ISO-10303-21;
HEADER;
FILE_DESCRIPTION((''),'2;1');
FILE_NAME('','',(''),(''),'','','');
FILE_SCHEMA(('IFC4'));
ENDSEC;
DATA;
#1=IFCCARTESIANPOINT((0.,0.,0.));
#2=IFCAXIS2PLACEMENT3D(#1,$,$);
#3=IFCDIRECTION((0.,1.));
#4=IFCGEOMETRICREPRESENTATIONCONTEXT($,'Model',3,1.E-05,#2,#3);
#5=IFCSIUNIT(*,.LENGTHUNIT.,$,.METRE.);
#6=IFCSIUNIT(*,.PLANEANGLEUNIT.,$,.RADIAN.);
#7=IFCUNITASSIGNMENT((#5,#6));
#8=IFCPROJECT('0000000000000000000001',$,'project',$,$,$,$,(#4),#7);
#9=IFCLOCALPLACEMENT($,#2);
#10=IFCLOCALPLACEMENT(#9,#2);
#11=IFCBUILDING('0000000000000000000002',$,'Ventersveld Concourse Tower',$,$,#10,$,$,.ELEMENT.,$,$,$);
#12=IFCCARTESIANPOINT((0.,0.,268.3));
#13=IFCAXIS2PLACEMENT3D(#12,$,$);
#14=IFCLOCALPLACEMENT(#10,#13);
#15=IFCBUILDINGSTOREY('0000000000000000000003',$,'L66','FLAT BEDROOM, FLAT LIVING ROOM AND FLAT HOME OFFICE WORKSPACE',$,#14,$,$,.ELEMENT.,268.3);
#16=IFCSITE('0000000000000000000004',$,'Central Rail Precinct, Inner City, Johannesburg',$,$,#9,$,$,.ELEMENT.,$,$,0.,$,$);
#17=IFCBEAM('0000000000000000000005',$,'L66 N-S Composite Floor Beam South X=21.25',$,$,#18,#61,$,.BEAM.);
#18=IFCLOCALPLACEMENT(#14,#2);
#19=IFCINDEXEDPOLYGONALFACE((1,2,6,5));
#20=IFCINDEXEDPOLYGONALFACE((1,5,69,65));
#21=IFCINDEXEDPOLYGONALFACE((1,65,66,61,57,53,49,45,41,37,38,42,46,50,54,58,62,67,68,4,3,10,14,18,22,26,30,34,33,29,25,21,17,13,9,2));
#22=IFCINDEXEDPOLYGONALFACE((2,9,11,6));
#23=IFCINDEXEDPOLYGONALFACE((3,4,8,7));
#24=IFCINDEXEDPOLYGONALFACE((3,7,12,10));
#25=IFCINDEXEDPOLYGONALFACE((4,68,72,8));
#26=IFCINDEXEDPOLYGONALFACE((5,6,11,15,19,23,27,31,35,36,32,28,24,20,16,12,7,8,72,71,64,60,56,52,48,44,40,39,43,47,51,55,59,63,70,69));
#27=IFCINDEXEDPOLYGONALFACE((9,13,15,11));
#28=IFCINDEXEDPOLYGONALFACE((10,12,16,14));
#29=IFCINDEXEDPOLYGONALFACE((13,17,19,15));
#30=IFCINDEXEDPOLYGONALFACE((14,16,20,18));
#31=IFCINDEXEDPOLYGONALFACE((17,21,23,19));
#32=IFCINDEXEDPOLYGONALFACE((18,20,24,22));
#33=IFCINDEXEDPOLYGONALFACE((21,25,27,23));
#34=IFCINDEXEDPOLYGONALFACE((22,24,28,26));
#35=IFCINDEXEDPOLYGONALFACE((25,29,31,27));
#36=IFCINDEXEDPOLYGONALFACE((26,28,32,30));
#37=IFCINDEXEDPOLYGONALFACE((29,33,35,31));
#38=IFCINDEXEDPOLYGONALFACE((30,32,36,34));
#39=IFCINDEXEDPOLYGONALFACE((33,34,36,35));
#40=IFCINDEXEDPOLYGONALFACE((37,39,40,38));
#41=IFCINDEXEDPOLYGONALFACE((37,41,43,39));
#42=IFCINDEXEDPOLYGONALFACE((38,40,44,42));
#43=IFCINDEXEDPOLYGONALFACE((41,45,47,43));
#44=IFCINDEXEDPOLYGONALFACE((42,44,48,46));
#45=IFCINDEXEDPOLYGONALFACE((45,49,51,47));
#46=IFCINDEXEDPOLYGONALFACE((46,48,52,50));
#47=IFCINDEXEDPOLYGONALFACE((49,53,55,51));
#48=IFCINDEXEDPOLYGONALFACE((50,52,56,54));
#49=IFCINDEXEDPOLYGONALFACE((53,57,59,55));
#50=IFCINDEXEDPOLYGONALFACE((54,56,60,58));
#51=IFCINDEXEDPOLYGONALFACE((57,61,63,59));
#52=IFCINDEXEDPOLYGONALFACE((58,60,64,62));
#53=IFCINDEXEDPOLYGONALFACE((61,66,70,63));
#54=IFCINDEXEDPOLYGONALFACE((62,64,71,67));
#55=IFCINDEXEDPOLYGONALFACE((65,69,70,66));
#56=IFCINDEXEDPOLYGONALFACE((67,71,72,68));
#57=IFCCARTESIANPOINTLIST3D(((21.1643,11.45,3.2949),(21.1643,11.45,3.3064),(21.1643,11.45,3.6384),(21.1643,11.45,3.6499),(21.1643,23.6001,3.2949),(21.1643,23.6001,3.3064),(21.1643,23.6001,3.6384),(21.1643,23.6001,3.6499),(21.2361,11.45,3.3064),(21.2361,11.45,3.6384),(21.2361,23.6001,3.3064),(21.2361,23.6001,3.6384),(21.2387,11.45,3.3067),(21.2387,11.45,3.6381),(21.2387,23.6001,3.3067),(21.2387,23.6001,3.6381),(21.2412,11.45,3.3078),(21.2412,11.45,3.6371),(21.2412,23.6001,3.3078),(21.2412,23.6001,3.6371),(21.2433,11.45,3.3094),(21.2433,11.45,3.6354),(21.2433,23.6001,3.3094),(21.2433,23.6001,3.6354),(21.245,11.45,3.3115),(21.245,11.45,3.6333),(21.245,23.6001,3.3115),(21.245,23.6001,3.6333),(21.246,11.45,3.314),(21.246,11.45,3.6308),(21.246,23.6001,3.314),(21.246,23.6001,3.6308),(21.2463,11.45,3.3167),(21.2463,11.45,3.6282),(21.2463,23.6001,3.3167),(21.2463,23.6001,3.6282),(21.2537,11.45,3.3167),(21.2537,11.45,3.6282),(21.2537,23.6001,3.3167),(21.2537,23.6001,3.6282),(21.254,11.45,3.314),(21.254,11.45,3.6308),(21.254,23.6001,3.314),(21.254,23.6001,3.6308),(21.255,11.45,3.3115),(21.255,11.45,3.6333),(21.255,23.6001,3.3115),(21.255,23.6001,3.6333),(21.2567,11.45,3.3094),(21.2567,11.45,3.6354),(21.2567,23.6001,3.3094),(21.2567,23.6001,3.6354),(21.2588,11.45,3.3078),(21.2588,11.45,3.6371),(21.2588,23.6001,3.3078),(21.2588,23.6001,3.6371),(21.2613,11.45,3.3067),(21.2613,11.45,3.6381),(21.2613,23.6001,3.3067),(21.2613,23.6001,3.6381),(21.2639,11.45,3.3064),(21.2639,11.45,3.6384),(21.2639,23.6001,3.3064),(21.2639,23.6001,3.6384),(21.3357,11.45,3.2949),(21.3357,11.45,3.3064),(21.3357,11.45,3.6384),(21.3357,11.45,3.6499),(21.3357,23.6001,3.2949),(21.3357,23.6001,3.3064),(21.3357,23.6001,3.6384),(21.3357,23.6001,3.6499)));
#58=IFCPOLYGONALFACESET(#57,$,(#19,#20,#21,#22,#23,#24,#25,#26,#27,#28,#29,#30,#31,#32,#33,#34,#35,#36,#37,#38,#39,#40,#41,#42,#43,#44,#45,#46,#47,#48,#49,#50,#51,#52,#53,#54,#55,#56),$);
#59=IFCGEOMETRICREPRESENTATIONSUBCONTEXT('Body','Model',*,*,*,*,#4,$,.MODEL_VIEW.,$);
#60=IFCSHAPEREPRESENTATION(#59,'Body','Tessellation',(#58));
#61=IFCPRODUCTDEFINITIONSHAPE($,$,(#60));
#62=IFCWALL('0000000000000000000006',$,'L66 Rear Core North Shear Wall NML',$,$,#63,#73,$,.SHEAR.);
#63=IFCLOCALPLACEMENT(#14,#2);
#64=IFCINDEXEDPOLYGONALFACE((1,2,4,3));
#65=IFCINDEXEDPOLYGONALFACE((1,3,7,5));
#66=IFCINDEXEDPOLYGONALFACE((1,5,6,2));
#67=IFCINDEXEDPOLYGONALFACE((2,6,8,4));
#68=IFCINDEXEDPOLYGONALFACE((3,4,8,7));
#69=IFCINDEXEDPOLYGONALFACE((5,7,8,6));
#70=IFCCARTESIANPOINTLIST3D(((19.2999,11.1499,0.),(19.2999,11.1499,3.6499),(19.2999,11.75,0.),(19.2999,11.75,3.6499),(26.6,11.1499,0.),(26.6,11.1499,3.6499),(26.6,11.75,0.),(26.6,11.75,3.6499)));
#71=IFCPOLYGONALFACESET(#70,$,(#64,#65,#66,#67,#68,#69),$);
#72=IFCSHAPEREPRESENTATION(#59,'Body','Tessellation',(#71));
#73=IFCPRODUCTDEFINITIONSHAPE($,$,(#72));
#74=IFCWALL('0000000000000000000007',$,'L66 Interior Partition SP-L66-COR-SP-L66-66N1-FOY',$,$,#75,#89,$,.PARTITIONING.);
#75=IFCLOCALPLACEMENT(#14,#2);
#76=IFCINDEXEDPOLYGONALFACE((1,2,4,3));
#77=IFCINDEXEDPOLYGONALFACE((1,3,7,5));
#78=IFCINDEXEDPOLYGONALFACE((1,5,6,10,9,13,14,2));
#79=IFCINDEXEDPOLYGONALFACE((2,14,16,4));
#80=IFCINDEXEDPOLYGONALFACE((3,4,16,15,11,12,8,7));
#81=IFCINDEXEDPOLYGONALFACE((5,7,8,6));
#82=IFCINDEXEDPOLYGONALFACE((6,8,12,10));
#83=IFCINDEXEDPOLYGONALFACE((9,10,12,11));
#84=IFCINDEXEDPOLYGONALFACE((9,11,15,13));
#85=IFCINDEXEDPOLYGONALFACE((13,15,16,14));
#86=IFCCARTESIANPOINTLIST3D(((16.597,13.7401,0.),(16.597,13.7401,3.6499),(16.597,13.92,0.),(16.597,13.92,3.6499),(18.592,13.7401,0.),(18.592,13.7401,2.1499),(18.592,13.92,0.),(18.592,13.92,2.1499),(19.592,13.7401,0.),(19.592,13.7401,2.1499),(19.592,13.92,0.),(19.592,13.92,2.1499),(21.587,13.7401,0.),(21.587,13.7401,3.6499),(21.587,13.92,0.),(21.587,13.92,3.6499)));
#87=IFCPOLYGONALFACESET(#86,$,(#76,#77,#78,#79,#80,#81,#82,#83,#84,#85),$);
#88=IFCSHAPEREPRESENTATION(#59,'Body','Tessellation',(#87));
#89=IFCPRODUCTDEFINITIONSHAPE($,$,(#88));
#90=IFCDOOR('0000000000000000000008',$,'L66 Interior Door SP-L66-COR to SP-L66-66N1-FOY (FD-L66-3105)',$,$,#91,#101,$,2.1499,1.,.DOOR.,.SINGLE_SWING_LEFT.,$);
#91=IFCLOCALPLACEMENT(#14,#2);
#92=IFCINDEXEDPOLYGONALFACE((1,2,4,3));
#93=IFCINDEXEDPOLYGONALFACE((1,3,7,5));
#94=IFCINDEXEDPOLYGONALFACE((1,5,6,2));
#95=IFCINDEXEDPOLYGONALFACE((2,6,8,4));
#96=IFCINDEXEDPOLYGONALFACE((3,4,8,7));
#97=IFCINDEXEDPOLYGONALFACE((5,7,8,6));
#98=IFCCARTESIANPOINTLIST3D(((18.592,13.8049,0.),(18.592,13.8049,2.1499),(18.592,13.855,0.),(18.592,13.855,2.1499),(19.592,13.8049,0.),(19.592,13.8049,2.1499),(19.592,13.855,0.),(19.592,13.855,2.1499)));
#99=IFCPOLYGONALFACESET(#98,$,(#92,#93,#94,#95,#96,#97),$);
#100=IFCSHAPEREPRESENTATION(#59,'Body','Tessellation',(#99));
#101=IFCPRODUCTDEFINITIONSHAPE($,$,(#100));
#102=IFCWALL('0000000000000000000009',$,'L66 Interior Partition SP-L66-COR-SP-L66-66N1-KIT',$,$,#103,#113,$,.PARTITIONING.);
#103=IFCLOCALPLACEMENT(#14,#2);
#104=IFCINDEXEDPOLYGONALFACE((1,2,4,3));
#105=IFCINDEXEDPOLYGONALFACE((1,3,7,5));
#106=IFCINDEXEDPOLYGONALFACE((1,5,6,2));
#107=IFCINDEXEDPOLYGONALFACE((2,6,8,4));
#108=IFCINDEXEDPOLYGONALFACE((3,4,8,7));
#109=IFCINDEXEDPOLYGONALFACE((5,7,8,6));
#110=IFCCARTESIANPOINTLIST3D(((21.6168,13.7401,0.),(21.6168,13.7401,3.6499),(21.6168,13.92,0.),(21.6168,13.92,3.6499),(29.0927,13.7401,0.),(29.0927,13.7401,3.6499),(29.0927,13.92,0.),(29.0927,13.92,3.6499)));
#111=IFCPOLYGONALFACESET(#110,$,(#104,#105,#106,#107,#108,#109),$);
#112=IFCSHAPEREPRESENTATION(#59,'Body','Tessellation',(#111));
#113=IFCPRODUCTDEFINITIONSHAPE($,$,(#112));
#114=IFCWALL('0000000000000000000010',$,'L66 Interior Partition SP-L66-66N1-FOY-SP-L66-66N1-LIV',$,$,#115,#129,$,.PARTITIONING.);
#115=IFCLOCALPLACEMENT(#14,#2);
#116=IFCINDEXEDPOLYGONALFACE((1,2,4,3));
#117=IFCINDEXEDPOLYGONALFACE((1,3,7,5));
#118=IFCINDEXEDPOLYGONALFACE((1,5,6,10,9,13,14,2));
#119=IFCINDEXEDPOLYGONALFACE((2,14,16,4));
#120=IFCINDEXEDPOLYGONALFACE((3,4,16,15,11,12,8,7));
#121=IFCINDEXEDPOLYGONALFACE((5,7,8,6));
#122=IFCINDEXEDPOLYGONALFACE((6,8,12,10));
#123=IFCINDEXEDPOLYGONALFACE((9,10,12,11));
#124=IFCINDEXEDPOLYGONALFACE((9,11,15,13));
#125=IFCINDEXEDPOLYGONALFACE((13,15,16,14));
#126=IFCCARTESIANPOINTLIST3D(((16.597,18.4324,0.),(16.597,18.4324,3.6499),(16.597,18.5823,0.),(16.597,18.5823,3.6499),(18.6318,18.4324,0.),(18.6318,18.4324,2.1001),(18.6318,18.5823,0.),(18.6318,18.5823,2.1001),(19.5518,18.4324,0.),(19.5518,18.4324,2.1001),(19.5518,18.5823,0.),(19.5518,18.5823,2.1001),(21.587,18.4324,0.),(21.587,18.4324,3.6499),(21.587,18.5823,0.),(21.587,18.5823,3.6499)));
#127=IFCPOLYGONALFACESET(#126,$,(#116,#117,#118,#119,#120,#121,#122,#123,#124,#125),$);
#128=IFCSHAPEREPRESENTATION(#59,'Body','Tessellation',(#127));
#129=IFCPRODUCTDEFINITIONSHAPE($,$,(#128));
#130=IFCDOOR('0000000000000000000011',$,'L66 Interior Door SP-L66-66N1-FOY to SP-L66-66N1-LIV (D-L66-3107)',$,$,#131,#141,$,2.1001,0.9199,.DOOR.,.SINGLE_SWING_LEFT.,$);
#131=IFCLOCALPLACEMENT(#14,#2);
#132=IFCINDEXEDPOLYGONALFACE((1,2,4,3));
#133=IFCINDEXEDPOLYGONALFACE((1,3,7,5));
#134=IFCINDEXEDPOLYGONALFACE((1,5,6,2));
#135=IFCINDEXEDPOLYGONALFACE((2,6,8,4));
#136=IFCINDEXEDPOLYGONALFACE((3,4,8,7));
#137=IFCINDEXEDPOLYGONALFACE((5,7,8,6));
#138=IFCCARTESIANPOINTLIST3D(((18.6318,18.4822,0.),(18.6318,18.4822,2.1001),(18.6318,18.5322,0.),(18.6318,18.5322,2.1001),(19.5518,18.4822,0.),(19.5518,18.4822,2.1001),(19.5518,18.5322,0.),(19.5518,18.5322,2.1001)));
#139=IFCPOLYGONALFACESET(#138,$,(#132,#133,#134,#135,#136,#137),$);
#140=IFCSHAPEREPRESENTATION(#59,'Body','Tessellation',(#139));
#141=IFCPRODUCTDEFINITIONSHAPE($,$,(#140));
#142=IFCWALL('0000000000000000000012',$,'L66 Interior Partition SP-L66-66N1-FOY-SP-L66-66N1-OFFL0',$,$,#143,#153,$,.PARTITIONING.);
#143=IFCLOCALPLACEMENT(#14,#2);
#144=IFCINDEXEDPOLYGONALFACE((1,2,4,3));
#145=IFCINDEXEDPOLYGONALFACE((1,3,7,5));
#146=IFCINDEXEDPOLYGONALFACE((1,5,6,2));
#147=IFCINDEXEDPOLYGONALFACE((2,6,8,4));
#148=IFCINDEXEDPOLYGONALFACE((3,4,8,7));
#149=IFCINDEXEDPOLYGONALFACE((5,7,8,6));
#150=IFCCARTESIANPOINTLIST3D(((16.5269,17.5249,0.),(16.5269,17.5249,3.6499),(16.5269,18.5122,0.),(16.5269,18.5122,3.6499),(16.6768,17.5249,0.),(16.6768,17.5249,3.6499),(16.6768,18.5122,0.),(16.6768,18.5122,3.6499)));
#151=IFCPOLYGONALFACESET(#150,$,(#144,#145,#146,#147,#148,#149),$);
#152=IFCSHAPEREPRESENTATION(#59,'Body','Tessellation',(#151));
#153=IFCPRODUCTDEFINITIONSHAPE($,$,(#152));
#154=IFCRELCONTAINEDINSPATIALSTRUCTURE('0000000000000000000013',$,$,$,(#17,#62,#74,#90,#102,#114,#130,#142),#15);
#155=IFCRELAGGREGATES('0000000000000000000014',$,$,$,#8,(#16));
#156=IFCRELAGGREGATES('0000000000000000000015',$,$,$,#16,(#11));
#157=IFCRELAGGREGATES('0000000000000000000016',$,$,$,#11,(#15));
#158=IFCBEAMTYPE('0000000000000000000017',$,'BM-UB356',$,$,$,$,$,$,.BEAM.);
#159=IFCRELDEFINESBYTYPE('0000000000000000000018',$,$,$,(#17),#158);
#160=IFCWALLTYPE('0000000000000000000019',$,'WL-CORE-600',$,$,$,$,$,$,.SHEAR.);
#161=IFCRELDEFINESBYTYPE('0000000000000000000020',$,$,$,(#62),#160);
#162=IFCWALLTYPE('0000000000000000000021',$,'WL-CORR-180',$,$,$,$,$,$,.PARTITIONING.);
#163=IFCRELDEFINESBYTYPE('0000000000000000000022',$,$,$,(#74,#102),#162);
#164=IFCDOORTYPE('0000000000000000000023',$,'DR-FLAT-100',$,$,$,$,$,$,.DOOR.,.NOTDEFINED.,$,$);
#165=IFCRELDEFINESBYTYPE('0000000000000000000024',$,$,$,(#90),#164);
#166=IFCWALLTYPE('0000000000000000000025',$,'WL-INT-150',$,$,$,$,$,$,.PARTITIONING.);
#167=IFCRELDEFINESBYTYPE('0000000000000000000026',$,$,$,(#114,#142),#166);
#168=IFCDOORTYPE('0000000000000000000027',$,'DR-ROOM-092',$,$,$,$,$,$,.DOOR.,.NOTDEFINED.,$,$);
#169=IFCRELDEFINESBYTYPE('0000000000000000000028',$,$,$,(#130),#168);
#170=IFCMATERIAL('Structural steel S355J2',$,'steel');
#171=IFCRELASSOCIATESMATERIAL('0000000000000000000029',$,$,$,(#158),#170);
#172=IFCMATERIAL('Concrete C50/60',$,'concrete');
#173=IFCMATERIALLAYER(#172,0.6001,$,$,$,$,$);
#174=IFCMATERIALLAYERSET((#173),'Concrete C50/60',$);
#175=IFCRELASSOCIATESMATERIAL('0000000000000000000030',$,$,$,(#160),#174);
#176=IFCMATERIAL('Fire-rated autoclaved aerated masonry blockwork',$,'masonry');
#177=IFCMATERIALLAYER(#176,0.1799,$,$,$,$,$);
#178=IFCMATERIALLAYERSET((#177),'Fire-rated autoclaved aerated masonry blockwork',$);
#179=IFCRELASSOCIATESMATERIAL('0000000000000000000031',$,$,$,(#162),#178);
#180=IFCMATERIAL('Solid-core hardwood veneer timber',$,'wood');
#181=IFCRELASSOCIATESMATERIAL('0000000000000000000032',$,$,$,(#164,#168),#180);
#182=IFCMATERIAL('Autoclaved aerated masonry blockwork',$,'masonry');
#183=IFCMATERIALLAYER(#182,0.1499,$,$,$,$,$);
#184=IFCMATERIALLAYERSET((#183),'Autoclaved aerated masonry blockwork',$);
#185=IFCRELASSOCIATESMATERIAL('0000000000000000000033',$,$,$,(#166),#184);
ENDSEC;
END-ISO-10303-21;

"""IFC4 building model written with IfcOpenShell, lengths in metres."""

from ifc_helpers import new_model, si_unit, direction, frame, frame_2d, origin, origin_2d, place, context, subcontext, project, spatial, rectangle, i_section, extrude, material, layer, layer_set, material_profile, profile_set, type_object, element, fill, save


model = new_model("IFC4")

# Units and contexts
model_context = context("Model", 3, precision=1e-05, world=origin(), true_north=direction((0.0, 1.0)))
body_context = subcontext(model_context, "Body", "Model", "MODEL_VIEW")
ifc_project = project(units=[si_unit("LENGTHUNIT", "METRE"), si_unit("PLANEANGLEUNIT", "RADIAN")], contexts=[model_context])

# Site, building, storey
site_placement = place(None, origin())
site = spatial("IfcSite", under=ifc_project, at=site_placement, Name="Central Rail Precinct, Inner City, Johannesburg", CompositionType="ELEMENT", RefElevation=0.0)
building_placement = place(site_placement, origin())
building = spatial("IfcBuilding", under=site, at=building_placement, Name="Ventersveld Concourse Tower", CompositionType="ELEMENT")
storey_placement = place(building_placement, frame((0.0, 0.0, 268.3)))
storey = spatial("IfcBuildingStorey", under=building, at=storey_placement, Name="L66", Description="FLAT BEDROOM, FLAT LIVING ROOM AND FLAT HOME OFFICE WORKSPACE", CompositionType="ELEMENT", Elevation=268.3)

# Beam
ifc_material_1 = material(Name="Structural steel S355J2", Category="steel")
ifc_material_profile = material_profile(ifc_material_1, i_section(OverallWidth=0.1714, OverallDepth=0.355, WebThickness=0.0073, FlangeThickness=0.0115, FilletRadius=0.0103, at=origin_2d()), Name="UB 356x171x51")
ifc_profile_set = profile_set([ifc_material_profile], Name="Structural steel S355J2")
beam_type = type_object("IfcBeamType", Name="BM-UB356", PredefinedType="BEAM", material=ifc_profile_set)
beam_placement = place(storey_placement, frame((21.25, 11.45, 3.4724), z_axis=(0.0, 1.0, 0.0), x_axis=(-1.0, 0.0, 0.0)))
element("IfcBeam", 1, at=beam_placement, inside=storey, type_object=beam_type, Name="L66 N-S Composite Floor Beam South X=21.25", PredefinedType="BEAM", context=body_context, shape_type="SweptSolid", body=[
    extrude(i_section(OverallWidth=0.1714, OverallDepth=0.355, WebThickness=0.0073, FlangeThickness=0.0115, FilletRadius=0.0103, at=origin_2d()), origin(), (0.0, 0.0, 1.0), 12.1501),
])

# Wall
ifc_material_2 = material(Name="Concrete C50/60", Category="concrete")
ifc_layer_1 = layer(ifc_material_2, 0.6001)
ifc_layer_set_1 = layer_set([ifc_layer_1], Name="Concrete C50/60")
wall_type_1 = type_object("IfcWallType", Name="WL-CORE-600", PredefinedType="SHEAR", material=ifc_layer_set_1)
wall_1_placement = place(storey_placement, frame((19.3, 11.45, 0.0), z_axis=(0.0, 0.0, 1.0), x_axis=(1.0, 0.0, 0.0)))
element("IfcWall", 2, at=wall_1_placement, inside=storey, type_object=wall_type_1, Name="L66 Rear Core North Shear Wall NML", PredefinedType="SHEAR", context=body_context, shape_type="SweptSolid", body=[
    extrude(rectangle(XDim=7.3, YDim=0.6001, at=frame_2d((3.6499, 0.0))), origin(), (0.0, 0.0, 1.0), 3.6499),
])

# Wall, opening, door
ifc_material_3 = material(Name="Fire-rated autoclaved aerated masonry blockwork", Category="masonry")
ifc_layer_2 = layer(ifc_material_3, 0.1799)
ifc_layer_set_2 = layer_set([ifc_layer_2], Name="Fire-rated autoclaved aerated masonry blockwork")
wall_type_2 = type_object("IfcWallType", Name="WL-CORR-180", PredefinedType="PARTITIONING", material=ifc_layer_set_2)
wall_2_placement = place(storey_placement, frame((16.5969, 13.8301, 0.0), z_axis=(0.0, 0.0, 1.0), x_axis=(1.0, 0.0, 0.0)))
wall_2 = element("IfcWall", 3, at=wall_2_placement, inside=storey, type_object=wall_type_2, Name="L66 Interior Partition SP-L66-COR-SP-L66-66N1-FOY", PredefinedType="PARTITIONING", context=body_context, shape_type="SweptSolid", body=[
    extrude(rectangle(XDim=4.99, YDim=0.1799, at=frame_2d((2.4951, 0.0))), origin(), (0.0, 0.0, 1.0), 3.6499),
])
opening_1_placement = place(wall_2_placement, frame((1.9951, 0.0, 0.0)))
opening_1 = element("IfcOpeningElement", 4, at=opening_1_placement, cuts=wall_2, PredefinedType="OPENING", context=body_context, shape_type="SweptSolid", body=[
    extrude(rectangle(XDim=1.0, YDim=2.1499, at=frame_2d((0.5, 1.075))), frame((0.0, 0.1001, 0.0), z_axis=(0.0, -1.0, 0.0), x_axis=(1.0, 0.0, 0.0)), (0.0, 0.0, 1.0), 0.2),
])
ifc_material_4 = material(Name="Solid-core hardwood veneer timber", Category="wood")
door_type_1 = type_object("IfcDoorType", Name="DR-FLAT-100", OperationType="NOTDEFINED", PredefinedType="DOOR", material=ifc_material_4)
door_1_placement = place(opening_1_placement, origin())
door_1 = element("IfcDoor", 5, at=door_1_placement, inside=storey, type_object=door_type_1, Name="L66 Interior Door SP-L66-COR to SP-L66-66N1-FOY (FD-L66-3105)", OperationType="SINGLE_SWING_LEFT", OverallHeight=2.1499, OverallWidth=1.0, PredefinedType="DOOR", context=body_context, shape_type="SweptSolid", body=[
    extrude(rectangle(XDim=1.0, YDim=2.1499, at=frame_2d((0.5, 1.075))), frame((0.0, 0.0249, 0.0), z_axis=(0.0, -1.0, 0.0), x_axis=(1.0, 0.0, 0.0)), (0.0, 0.0, 1.0), 0.05),
])
fill(opening_1, door_1)

# Wall
wall_3_placement = place(storey_placement, frame((21.6169, 13.8301, 0.0), z_axis=(0.0, 0.0, 1.0), x_axis=(1.0, 0.0, 0.0)))
element("IfcWall", 6, at=wall_3_placement, inside=storey, type_object=wall_type_2, Name="L66 Interior Partition SP-L66-COR-SP-L66-66N1-KIT", PredefinedType="PARTITIONING", context=body_context, shape_type="SweptSolid", body=[
    extrude(rectangle(XDim=7.4758, YDim=0.1799, at=frame_2d((3.7378, 0.0))), origin(), (0.0, 0.0, 1.0), 3.6499),
])

# Wall, opening, door
ifc_material_5 = material(Name="Autoclaved aerated masonry blockwork", Category="masonry")
ifc_layer_3 = layer(ifc_material_5, 0.1499)
ifc_layer_set_3 = layer_set([ifc_layer_3], Name="Autoclaved aerated masonry blockwork")
wall_type_3 = type_object("IfcWallType", Name="WL-INT-150", PredefinedType="PARTITIONING", material=ifc_layer_set_3)
wall_4_placement = place(storey_placement, frame((16.5969, 18.5073, 0.0), z_axis=(0.0, 0.0, 1.0), x_axis=(1.0, 0.0, 0.0)))
wall_4 = element("IfcWall", 7, at=wall_4_placement, inside=storey, type_object=wall_type_3, Name="L66 Interior Partition SP-L66-66N1-FOY-SP-L66-66N1-LIV", PredefinedType="PARTITIONING", context=body_context, shape_type="SweptSolid", body=[
    extrude(rectangle(XDim=4.99, YDim=0.1499, at=frame_2d((2.4951, 0.0))), origin(), (0.0, 0.0, 1.0), 3.6499),
])
opening_2_placement = place(wall_4_placement, frame((2.0349, 0.0, 0.0)))
opening_2 = element("IfcOpeningElement", 8, at=opening_2_placement, cuts=wall_4, PredefinedType="OPENING", context=body_context, shape_type="SweptSolid", body=[
    extrude(rectangle(XDim=0.9199, YDim=2.1001, at=frame_2d((0.46, 1.05))), frame((0.0, 0.085, 0.0), z_axis=(0.0, -1.0, 0.0), x_axis=(1.0, 0.0, 0.0)), (0.0, 0.0, 1.0), 0.1699),
])
door_type_2 = type_object("IfcDoorType", Name="DR-ROOM-092", OperationType="NOTDEFINED", PredefinedType="DOOR", material=ifc_material_4)
door_2_placement = place(opening_2_placement, origin())
door_2 = element("IfcDoor", 9, at=door_2_placement, inside=storey, type_object=door_type_2, Name="L66 Interior Door SP-L66-66N1-FOY to SP-L66-66N1-LIV (D-L66-3107)", OperationType="SINGLE_SWING_LEFT", OverallHeight=2.1001, OverallWidth=0.9199, PredefinedType="DOOR", context=body_context, shape_type="SweptSolid", body=[
    extrude(rectangle(XDim=0.9199, YDim=2.1001, at=frame_2d((0.46, 1.05))), frame((0.0, 0.0249, 0.0), z_axis=(0.0, -1.0, 0.0), x_axis=(1.0, 0.0, 0.0)), (0.0, 0.0, 1.0), 0.05),
])
fill(opening_2, door_2)

# Wall
wall_5_placement = place(storey_placement, frame((16.6018, 17.5249, 0.0), z_axis=(0.0, 0.0, 1.0), x_axis=(0.0, 1.0, 0.0)))
element("IfcWall", 10, at=wall_5_placement, inside=storey, type_object=wall_type_3, Name="L66 Interior Partition SP-L66-66N1-FOY-SP-L66-66N1-OFFL0", PredefinedType="PARTITIONING", context=body_context, shape_type="SweptSolid", body=[
    extrude(rectangle(XDim=0.9873, YDim=0.1499, at=frame_2d((0.4937, 0.0))), origin(), (0.0, 0.0, 1.0), 3.6499),
])

save(model, "model.ifc")
